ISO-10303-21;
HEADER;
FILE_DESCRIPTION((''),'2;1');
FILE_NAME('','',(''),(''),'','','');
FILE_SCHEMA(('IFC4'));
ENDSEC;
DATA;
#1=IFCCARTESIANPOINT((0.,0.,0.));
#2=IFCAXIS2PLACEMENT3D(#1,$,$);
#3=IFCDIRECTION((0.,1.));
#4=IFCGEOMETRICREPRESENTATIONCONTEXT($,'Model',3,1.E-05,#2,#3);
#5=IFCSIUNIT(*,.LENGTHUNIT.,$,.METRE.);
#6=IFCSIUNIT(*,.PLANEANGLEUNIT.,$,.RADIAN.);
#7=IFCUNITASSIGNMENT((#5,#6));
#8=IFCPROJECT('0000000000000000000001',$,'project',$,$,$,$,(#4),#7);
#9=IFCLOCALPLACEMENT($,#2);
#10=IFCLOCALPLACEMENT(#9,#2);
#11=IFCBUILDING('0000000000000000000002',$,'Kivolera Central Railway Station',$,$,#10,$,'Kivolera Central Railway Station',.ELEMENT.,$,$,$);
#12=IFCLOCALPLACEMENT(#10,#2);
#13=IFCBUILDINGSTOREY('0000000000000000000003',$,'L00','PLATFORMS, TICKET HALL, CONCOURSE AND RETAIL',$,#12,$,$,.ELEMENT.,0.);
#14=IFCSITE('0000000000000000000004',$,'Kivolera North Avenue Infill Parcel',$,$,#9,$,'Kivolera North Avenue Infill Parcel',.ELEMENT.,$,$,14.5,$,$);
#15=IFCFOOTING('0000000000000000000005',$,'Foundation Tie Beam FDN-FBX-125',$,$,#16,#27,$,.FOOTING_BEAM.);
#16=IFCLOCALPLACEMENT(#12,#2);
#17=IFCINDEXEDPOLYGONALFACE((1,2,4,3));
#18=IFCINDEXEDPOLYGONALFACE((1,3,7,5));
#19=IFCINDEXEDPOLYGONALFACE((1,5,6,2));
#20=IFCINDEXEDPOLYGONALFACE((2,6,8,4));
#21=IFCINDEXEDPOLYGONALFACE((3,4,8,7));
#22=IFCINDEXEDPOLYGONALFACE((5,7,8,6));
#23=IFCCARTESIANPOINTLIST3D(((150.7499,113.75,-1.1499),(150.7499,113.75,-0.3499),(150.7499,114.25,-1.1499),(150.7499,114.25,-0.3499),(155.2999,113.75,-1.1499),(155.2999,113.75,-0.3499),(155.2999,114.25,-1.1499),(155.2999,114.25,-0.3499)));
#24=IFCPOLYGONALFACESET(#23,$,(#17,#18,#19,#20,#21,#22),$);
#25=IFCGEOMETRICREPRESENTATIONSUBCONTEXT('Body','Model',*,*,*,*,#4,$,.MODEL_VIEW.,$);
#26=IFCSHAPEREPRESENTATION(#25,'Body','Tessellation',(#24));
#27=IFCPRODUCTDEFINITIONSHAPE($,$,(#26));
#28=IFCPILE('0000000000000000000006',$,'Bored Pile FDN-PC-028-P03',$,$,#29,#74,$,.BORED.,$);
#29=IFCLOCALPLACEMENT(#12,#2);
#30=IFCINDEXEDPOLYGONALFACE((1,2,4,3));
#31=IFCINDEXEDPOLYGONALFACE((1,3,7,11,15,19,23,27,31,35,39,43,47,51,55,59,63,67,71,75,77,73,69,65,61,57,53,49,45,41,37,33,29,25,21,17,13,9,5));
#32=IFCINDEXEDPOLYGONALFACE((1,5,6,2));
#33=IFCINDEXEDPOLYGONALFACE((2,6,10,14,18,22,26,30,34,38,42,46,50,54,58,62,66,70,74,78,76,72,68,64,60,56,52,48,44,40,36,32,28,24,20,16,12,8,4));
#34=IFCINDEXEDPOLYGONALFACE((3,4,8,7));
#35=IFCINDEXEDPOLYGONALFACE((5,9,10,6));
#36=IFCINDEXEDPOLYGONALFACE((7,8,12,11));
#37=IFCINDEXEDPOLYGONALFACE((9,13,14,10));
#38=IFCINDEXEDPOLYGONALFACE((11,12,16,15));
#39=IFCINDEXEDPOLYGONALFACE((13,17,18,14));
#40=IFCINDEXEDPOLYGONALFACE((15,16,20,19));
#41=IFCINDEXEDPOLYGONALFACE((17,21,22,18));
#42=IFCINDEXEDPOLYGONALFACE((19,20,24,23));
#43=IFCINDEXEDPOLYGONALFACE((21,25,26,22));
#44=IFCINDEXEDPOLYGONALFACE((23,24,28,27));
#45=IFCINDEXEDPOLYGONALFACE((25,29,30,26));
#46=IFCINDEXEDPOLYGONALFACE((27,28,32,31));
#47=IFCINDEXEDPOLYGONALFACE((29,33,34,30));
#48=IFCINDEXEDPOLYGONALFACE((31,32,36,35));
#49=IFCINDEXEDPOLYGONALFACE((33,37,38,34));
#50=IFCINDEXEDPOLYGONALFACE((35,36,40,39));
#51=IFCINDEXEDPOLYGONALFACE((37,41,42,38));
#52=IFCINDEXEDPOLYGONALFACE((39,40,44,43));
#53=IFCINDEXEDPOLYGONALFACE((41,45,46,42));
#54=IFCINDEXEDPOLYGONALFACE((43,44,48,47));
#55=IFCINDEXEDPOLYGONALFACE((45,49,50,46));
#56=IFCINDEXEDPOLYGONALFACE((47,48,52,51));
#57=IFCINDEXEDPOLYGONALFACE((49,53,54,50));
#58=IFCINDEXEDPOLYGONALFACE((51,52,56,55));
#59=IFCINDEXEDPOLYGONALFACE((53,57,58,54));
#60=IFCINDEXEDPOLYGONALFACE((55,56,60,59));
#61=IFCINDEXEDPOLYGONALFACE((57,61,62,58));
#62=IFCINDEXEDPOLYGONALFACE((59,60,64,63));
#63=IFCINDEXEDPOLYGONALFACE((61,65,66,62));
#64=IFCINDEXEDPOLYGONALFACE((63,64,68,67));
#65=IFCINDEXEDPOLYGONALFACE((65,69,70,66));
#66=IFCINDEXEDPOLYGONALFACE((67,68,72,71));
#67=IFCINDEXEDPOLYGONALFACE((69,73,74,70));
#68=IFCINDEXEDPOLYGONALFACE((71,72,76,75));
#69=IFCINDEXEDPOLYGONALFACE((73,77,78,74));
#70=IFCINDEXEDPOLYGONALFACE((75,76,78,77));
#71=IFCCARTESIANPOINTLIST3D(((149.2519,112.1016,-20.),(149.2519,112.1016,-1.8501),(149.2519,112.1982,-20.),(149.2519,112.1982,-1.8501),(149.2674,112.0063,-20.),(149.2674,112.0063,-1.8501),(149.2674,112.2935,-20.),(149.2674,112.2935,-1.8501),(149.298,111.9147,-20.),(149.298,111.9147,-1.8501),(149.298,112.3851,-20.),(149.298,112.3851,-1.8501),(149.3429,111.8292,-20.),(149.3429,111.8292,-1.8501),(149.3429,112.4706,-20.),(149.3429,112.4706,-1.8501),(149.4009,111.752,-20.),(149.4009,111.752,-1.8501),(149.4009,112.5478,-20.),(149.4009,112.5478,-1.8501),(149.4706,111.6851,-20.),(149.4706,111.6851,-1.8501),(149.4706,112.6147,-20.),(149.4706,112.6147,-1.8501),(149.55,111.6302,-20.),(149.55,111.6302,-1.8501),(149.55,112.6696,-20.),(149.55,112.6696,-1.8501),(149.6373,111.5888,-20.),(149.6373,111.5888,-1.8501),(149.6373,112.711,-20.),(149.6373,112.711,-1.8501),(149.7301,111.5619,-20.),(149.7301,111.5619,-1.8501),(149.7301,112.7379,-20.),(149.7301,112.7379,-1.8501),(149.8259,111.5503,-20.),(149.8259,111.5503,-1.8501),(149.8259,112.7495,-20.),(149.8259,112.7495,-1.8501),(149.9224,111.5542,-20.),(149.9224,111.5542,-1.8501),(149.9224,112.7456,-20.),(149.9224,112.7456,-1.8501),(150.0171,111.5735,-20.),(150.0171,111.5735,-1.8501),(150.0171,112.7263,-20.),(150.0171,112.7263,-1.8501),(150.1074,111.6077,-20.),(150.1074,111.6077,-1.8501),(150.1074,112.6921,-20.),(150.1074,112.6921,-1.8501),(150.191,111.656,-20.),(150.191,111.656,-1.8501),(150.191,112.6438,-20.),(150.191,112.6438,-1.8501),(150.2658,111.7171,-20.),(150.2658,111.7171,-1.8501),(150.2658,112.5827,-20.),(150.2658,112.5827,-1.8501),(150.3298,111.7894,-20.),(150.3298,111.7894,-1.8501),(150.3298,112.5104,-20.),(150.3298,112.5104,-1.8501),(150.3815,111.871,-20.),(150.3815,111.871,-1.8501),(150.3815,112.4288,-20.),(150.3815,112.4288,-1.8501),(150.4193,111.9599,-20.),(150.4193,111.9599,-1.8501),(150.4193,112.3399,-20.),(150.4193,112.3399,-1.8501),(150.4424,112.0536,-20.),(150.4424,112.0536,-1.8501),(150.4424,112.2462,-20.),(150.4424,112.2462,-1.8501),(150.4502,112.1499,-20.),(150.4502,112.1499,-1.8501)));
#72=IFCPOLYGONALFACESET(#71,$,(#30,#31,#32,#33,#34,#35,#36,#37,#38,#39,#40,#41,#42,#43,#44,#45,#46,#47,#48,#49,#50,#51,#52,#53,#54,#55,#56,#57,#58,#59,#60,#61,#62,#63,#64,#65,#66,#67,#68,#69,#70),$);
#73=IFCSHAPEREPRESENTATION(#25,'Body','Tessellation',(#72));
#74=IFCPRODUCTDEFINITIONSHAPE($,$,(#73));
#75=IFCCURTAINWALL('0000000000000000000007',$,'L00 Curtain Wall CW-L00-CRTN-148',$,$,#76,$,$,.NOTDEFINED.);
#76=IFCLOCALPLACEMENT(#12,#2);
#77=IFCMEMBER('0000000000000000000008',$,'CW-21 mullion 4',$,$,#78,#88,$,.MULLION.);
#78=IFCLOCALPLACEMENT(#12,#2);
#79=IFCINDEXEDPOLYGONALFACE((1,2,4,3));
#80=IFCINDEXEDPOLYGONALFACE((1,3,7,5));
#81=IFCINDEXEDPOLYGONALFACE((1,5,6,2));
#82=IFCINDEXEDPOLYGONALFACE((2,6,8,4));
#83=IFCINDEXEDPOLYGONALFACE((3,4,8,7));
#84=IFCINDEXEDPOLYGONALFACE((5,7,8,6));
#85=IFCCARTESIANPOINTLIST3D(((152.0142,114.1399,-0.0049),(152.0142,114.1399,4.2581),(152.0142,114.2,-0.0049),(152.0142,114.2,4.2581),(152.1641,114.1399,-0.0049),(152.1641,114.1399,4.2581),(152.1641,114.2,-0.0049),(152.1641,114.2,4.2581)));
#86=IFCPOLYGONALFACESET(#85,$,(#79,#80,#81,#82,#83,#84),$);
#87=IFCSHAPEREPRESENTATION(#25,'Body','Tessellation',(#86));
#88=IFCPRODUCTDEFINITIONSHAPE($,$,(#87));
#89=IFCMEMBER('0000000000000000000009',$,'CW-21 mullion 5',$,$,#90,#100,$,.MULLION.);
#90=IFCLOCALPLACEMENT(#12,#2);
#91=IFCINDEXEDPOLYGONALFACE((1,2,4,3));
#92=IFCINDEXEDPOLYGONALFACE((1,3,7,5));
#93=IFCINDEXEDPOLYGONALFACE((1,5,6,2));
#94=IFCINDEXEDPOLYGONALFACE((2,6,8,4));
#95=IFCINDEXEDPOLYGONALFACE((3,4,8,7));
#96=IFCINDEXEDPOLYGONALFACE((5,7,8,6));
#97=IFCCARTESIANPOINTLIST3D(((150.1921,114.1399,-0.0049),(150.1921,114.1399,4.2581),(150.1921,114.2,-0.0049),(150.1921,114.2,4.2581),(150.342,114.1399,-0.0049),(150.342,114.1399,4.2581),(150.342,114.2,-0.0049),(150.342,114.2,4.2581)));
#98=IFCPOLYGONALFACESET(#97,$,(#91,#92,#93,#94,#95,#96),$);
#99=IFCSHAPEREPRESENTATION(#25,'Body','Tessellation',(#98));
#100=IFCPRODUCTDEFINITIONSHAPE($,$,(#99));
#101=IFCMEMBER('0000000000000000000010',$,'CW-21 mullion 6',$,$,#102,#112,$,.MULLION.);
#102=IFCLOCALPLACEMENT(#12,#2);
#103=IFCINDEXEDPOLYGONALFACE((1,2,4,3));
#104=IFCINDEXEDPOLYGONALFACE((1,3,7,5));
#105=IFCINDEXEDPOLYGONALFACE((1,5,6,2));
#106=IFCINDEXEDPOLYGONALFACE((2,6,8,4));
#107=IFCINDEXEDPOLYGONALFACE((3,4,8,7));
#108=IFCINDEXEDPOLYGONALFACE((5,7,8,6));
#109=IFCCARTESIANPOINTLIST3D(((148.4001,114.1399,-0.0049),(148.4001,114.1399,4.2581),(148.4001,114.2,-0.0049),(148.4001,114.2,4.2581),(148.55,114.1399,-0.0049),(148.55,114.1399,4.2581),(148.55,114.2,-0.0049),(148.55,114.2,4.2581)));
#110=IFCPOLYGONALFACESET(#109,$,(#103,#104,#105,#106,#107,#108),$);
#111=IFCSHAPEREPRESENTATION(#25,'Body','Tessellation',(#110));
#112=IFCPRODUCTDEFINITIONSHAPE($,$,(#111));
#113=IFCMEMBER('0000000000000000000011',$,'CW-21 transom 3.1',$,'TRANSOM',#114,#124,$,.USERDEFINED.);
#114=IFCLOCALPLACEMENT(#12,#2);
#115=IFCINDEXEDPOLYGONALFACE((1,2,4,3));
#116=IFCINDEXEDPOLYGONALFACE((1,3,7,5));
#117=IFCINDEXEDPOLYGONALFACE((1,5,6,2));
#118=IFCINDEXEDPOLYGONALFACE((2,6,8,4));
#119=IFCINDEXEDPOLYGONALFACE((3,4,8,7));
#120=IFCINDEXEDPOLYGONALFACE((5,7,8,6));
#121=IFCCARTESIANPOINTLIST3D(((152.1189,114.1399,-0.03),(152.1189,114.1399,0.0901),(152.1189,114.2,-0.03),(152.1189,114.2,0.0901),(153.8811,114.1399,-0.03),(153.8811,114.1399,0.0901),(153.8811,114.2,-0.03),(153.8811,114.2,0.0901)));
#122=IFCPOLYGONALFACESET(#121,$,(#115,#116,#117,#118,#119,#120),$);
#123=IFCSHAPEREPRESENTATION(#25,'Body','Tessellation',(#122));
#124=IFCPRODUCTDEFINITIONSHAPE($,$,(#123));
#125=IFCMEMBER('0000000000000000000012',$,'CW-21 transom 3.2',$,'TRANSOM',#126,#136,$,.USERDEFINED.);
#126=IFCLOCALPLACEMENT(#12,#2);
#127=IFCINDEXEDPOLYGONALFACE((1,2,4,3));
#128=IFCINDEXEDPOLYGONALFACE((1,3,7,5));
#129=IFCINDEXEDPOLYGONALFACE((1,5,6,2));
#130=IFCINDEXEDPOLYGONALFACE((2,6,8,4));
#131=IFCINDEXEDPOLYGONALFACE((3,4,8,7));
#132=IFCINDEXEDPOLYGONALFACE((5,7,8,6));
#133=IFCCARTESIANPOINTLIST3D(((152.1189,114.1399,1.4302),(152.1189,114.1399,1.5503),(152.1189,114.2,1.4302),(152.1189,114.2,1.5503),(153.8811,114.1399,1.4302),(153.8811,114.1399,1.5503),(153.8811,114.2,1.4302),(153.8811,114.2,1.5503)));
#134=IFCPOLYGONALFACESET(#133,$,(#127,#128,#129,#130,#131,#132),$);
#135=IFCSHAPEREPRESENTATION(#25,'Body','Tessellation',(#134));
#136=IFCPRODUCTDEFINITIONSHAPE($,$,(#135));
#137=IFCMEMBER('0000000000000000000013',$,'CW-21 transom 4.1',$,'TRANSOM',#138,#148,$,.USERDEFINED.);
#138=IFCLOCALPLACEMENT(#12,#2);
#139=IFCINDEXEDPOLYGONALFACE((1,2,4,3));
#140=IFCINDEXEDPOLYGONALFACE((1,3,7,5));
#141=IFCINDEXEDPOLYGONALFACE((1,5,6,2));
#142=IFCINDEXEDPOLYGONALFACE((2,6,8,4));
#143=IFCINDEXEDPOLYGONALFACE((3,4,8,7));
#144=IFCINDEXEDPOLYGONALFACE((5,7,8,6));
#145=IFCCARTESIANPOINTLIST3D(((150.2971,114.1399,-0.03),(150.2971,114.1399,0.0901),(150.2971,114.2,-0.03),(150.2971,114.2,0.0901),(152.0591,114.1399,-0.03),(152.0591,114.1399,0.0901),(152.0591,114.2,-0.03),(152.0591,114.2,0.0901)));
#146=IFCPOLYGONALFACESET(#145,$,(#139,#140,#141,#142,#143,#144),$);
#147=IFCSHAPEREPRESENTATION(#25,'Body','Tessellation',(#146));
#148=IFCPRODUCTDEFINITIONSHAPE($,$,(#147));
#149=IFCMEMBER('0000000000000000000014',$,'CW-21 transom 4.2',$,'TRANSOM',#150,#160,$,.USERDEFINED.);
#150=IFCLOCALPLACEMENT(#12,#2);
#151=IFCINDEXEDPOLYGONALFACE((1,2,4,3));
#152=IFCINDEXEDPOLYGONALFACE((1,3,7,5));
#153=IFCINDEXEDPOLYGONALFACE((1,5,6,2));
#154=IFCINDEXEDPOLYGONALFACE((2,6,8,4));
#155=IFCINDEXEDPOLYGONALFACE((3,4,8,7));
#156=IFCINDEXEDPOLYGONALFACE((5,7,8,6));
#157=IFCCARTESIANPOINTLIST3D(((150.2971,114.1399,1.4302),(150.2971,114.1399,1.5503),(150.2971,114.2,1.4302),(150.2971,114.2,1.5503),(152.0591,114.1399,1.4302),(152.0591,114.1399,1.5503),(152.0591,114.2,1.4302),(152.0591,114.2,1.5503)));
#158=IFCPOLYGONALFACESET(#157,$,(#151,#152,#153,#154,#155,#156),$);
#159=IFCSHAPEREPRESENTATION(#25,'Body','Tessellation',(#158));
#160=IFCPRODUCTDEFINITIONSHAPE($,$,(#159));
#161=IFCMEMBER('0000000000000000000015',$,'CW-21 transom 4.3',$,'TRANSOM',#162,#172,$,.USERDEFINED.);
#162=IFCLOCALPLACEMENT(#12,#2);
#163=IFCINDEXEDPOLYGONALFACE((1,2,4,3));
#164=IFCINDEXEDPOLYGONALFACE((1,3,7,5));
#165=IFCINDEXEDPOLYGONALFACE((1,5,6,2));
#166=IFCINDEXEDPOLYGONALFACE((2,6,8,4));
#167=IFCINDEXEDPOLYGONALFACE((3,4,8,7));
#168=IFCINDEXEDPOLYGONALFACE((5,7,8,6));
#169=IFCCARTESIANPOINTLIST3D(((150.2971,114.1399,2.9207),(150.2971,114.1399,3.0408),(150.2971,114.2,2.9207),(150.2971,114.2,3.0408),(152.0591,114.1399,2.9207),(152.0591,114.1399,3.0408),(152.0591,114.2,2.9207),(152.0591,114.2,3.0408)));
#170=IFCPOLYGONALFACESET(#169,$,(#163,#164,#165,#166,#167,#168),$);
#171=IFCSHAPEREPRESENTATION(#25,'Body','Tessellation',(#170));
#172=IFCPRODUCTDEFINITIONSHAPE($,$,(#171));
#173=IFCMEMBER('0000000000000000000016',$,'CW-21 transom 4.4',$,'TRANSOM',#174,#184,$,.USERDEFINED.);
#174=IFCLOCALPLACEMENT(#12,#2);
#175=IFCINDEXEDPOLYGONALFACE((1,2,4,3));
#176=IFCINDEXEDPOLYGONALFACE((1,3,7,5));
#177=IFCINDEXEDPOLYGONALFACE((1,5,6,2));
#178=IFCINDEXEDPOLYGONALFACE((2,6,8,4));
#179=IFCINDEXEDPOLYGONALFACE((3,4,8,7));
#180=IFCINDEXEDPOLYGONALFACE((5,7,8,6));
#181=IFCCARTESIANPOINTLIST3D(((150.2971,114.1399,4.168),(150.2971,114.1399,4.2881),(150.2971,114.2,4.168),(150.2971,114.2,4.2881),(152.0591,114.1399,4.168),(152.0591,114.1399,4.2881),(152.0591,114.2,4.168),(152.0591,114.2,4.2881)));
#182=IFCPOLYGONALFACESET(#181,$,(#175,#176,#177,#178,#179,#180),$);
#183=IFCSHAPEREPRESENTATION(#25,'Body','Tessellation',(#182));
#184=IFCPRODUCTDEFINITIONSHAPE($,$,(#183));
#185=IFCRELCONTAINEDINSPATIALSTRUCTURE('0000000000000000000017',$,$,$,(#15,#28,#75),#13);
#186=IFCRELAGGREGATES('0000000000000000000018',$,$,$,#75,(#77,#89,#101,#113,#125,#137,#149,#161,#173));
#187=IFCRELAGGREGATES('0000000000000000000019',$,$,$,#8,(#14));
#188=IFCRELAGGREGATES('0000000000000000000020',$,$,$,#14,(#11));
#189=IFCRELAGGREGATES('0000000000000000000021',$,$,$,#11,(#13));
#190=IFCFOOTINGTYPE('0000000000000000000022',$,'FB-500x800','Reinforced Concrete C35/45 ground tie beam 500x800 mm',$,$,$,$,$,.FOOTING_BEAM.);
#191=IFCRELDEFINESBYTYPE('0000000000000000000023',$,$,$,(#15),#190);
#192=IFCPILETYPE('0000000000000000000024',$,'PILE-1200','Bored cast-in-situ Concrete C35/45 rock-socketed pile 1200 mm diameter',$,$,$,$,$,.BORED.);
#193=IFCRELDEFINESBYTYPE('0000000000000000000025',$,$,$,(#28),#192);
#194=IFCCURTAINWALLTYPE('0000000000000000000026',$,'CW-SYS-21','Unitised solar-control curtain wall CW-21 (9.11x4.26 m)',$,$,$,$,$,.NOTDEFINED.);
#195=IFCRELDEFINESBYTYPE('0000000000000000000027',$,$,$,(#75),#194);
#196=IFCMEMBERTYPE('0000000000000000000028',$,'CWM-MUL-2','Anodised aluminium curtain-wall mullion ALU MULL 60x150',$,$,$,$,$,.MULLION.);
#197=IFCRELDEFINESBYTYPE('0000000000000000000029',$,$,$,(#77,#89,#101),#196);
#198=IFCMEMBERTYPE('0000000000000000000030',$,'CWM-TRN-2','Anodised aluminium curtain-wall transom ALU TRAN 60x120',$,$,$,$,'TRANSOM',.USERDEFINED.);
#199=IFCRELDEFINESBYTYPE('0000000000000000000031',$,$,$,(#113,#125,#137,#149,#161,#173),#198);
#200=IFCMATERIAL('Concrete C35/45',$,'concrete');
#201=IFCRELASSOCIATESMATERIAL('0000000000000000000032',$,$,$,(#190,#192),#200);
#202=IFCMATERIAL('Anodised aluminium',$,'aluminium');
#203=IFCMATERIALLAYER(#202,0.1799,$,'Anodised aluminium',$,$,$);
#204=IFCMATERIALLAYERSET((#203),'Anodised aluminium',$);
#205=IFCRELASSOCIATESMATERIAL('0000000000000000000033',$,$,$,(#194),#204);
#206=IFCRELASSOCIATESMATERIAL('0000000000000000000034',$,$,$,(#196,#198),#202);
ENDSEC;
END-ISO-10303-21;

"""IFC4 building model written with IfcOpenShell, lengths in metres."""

from ifc_helpers import new_model, si_unit, direction, frame, origin, origin_2d, place, context, subcontext, project, spatial, rectangle, circle, extrude, material, layer, layer_set, material_profile, profile_set, type_object, element, aggregate, save


model = new_model("IFC4")

# Units and contexts
model_context = context("Model", 3, precision=1e-05, world=origin(), true_north=direction((0.0, 1.0)))
body_context = subcontext(model_context, "Body", "Model", "MODEL_VIEW")
ifc_project = project(units=[si_unit("LENGTHUNIT", "METRE"), si_unit("PLANEANGLEUNIT", "RADIAN")], contexts=[model_context])

# Site, building, storey
site_placement = place(None, origin())
site = spatial("IfcSite", under=ifc_project, at=site_placement, Name="Kivolera North Avenue Infill Parcel", LongName="Kivolera North Avenue Infill Parcel", CompositionType="ELEMENT", RefElevation=14.5)
building_placement = place(site_placement, origin())
building = spatial("IfcBuilding", under=site, at=building_placement, Name="Kivolera Central Railway Station", LongName="Kivolera Central Railway Station", CompositionType="ELEMENT")
storey_placement = place(building_placement, origin())
storey = spatial("IfcBuildingStorey", under=building, at=storey_placement, Name="L00", Description="PLATFORMS, TICKET HALL, CONCOURSE AND RETAIL", CompositionType="ELEMENT", Elevation=0.0)

# Footing
ifc_material_1 = material(Name="Concrete C35/45", Category="concrete")
footing_type = type_object("IfcFootingType", Name="FB-500x800", Description="Reinforced Concrete C35/45 ground tie beam 500x800 mm", PredefinedType="FOOTING_BEAM", material=ifc_material_1)
footing_placement = place(storey_placement, frame((153.0249, 114.0, -1.1499), z_axis=(0.0, 0.0, 1.0), x_axis=(1.0, 0.0, 0.0)))
element("IfcFooting", 1, at=footing_placement, inside=storey, type_object=footing_type, Name="Foundation Tie Beam FDN-FBX-125", PredefinedType="FOOTING_BEAM", context=body_context, shape_type="SweptSolid", body=[
    extrude(rectangle(XDim=4.55, YDim=0.5, at=origin_2d()), origin(), (0.0, 0.0, 1.0), 0.8),
])

# Pile
ifc_material_profile_1 = material_profile(ifc_material_1, circle(Radius=0.6001, at=origin_2d()), Name="PILE D1200")
ifc_profile_set_1 = profile_set([ifc_material_profile_1], Name="Concrete C35/45")
pile_type = type_object("IfcPileType", Name="PILE-1200", Description="Bored cast-in-situ Concrete C35/45 rock-socketed pile 1200 mm diameter", PredefinedType="BORED", material=ifc_profile_set_1)
pile_placement = place(storey_placement, frame((149.8501, 112.1499, -1.8501), z_axis=(0.0, 0.0, -1.0), x_axis=(1.0, 0.0, 0.0)))
element("IfcPile", 2, at=pile_placement, inside=storey, type_object=pile_type, Name="Bored Pile FDN-PC-028-P03", PredefinedType="BORED", context=body_context, shape_type="SweptSolid", body=[
    extrude(circle(Radius=0.6001, at=origin_2d()), origin(), (0.0, 0.0, 1.0), 18.1499),
])

# Curtain wall, members
ifc_material_2 = material(Name="Anodised aluminium", Category="aluminium")
ifc_layer_1 = layer(ifc_material_2, 0.1799, Name="Anodised aluminium")
ifc_layer_set_1 = layer_set([ifc_layer_1], Name="Anodised aluminium")
curtain_wall_type = type_object("IfcCurtainWallType", Name="CW-SYS-21", Description="Unitised solar-control curtain wall CW-21 (9.11x4.26 m)", PredefinedType="NOTDEFINED", material=ifc_layer_set_1)
curtain_wall_placement = place(storey_placement, origin())
curtain_wall = element("IfcCurtainWall", 3, at=curtain_wall_placement, inside=storey, type_object=curtain_wall_type, Name="L00 Curtain Wall CW-L00-CRTN-148", PredefinedType="NOTDEFINED")
ifc_material_profile_2 = material_profile(ifc_material_2, rectangle(XDim=0.0601, YDim=0.1499, at=origin_2d()), Name="ALU MULL 60x150")
ifc_profile_set_2 = profile_set([ifc_material_profile_2], Name="Anodised aluminium")
member_type_1 = type_object("IfcMemberType", Name="CWM-MUL-2", Description="Anodised aluminium curtain-wall mullion ALU MULL 60x150", PredefinedType="MULLION", material=ifc_profile_set_2)
member_1_placement = place(storey_placement, frame((152.0891, 114.1699, -0.0049), z_axis=(0.0, 0.0, 1.0), x_axis=(0.0, -1.0, 0.0)))
member_1 = element("IfcMember", 4, at=member_1_placement, type_object=member_type_1, Name="CW-21 mullion 4", PredefinedType="MULLION", context=body_context, shape_type="SweptSolid", body=[
    extrude(rectangle(XDim=0.0601, YDim=0.1499, at=origin_2d()), origin(), (0.0, 0.0, 1.0), 4.2629),
])
member_2_placement = place(storey_placement, frame((150.2671, 114.1699, -0.0049), z_axis=(0.0, 0.0, 1.0), x_axis=(0.0, -1.0, 0.0)))
member_2 = element("IfcMember", 5, at=member_2_placement, type_object=member_type_1, Name="CW-21 mullion 5", PredefinedType="MULLION", context=body_context, shape_type="SweptSolid", body=[
    extrude(rectangle(XDim=0.0601, YDim=0.1499, at=origin_2d()), origin(), (0.0, 0.0, 1.0), 4.2629),
])
member_3_placement = place(storey_placement, frame((148.4751, 114.1699, -0.0049), z_axis=(0.0, 0.0, 1.0), x_axis=(0.0, -1.0, 0.0)))
member_3 = element("IfcMember", 6, at=member_3_placement, type_object=member_type_1, Name="CW-21 mullion 6", PredefinedType="MULLION", context=body_context, shape_type="SweptSolid", body=[
    extrude(rectangle(XDim=0.0601, YDim=0.1499, at=origin_2d()), origin(), (0.0, 0.0, 1.0), 4.2629),
])
ifc_material_profile_3 = material_profile(ifc_material_2, rectangle(XDim=0.0601, YDim=0.1201, at=origin_2d()), Name="ALU TRAN 60x120")
ifc_profile_set_3 = profile_set([ifc_material_profile_3], Name="Anodised aluminium")
member_type_2 = type_object("IfcMemberType", Name="CWM-TRN-2", Description="Anodised aluminium curtain-wall transom ALU TRAN 60x120", ElementType="TRANSOM", PredefinedType="USERDEFINED", material=ifc_profile_set_3)
member_4_placement = place(storey_placement, frame((153.8811, 114.1699, 0.03), z_axis=(-1.0, 0.0, 0.0), x_axis=(0.0, -1.0, 0.0)))
member_4 = element("IfcMember", 7, at=member_4_placement, type_object=member_type_2, Name="CW-21 transom 3.1", ObjectType="TRANSOM", PredefinedType="USERDEFINED", context=body_context, shape_type="SweptSolid", body=[
    extrude(rectangle(XDim=0.0601, YDim=0.1201, at=origin_2d()), origin(), (0.0, 0.0, 1.0), 1.7622),
])
member_5_placement = place(storey_placement, frame((153.8811, 114.1699, 1.4902), z_axis=(-1.0, 0.0, 0.0), x_axis=(0.0, -1.0, 0.0)))
member_5 = element("IfcMember", 8, at=member_5_placement, type_object=member_type_2, Name="CW-21 transom 3.2", ObjectType="TRANSOM", PredefinedType="USERDEFINED", context=body_context, shape_type="SweptSolid", body=[
    extrude(rectangle(XDim=0.0601, YDim=0.1201, at=origin_2d()), origin(), (0.0, 0.0, 1.0), 1.7622),
])
member_6_placement = place(storey_placement, frame((152.0591, 114.1699, 0.03), z_axis=(-1.0, 0.0, 0.0), x_axis=(0.0, -1.0, 0.0)))
member_6 = element("IfcMember", 9, at=member_6_placement, type_object=member_type_2, Name="CW-21 transom 4.1", ObjectType="TRANSOM", PredefinedType="USERDEFINED", context=body_context, shape_type="SweptSolid", body=[
    extrude(rectangle(XDim=0.0601, YDim=0.1201, at=origin_2d()), origin(), (0.0, 0.0, 1.0), 1.762),
])
member_7_placement = place(storey_placement, frame((152.0591, 114.1699, 1.4902), z_axis=(-1.0, 0.0, 0.0), x_axis=(0.0, -1.0, 0.0)))
member_7 = element("IfcMember", 10, at=member_7_placement, type_object=member_type_2, Name="CW-21 transom 4.2", ObjectType="TRANSOM", PredefinedType="USERDEFINED", context=body_context, shape_type="SweptSolid", body=[
    extrude(rectangle(XDim=0.0601, YDim=0.1201, at=origin_2d()), origin(), (0.0, 0.0, 1.0), 1.762),
])
member_8_placement = place(storey_placement, frame((152.0591, 114.1699, 2.9807), z_axis=(-1.0, 0.0, 0.0), x_axis=(0.0, -1.0, 0.0)))
member_8 = element("IfcMember", 11, at=member_8_placement, type_object=member_type_2, Name="CW-21 transom 4.3", ObjectType="TRANSOM", PredefinedType="USERDEFINED", context=body_context, shape_type="SweptSolid", body=[
    extrude(rectangle(XDim=0.0601, YDim=0.1201, at=origin_2d()), origin(), (0.0, 0.0, 1.0), 1.762),
])
member_9_placement = place(storey_placement, frame((152.0591, 114.1699, 4.228), z_axis=(-1.0, 0.0, 0.0), x_axis=(0.0, -1.0, 0.0)))
member_9 = element("IfcMember", 12, at=member_9_placement, type_object=member_type_2, Name="CW-21 transom 4.4", ObjectType="TRANSOM", PredefinedType="USERDEFINED", context=body_context, shape_type="SweptSolid", body=[
    extrude(rectangle(XDim=0.0601, YDim=0.1201, at=origin_2d()), origin(), (0.0, 0.0, 1.0), 1.762),
])
aggregate(curtain_wall, [member_1, member_2, member_3, member_4, member_5, member_6, member_7, member_8, member_9])

save(model, "model.ifc")
